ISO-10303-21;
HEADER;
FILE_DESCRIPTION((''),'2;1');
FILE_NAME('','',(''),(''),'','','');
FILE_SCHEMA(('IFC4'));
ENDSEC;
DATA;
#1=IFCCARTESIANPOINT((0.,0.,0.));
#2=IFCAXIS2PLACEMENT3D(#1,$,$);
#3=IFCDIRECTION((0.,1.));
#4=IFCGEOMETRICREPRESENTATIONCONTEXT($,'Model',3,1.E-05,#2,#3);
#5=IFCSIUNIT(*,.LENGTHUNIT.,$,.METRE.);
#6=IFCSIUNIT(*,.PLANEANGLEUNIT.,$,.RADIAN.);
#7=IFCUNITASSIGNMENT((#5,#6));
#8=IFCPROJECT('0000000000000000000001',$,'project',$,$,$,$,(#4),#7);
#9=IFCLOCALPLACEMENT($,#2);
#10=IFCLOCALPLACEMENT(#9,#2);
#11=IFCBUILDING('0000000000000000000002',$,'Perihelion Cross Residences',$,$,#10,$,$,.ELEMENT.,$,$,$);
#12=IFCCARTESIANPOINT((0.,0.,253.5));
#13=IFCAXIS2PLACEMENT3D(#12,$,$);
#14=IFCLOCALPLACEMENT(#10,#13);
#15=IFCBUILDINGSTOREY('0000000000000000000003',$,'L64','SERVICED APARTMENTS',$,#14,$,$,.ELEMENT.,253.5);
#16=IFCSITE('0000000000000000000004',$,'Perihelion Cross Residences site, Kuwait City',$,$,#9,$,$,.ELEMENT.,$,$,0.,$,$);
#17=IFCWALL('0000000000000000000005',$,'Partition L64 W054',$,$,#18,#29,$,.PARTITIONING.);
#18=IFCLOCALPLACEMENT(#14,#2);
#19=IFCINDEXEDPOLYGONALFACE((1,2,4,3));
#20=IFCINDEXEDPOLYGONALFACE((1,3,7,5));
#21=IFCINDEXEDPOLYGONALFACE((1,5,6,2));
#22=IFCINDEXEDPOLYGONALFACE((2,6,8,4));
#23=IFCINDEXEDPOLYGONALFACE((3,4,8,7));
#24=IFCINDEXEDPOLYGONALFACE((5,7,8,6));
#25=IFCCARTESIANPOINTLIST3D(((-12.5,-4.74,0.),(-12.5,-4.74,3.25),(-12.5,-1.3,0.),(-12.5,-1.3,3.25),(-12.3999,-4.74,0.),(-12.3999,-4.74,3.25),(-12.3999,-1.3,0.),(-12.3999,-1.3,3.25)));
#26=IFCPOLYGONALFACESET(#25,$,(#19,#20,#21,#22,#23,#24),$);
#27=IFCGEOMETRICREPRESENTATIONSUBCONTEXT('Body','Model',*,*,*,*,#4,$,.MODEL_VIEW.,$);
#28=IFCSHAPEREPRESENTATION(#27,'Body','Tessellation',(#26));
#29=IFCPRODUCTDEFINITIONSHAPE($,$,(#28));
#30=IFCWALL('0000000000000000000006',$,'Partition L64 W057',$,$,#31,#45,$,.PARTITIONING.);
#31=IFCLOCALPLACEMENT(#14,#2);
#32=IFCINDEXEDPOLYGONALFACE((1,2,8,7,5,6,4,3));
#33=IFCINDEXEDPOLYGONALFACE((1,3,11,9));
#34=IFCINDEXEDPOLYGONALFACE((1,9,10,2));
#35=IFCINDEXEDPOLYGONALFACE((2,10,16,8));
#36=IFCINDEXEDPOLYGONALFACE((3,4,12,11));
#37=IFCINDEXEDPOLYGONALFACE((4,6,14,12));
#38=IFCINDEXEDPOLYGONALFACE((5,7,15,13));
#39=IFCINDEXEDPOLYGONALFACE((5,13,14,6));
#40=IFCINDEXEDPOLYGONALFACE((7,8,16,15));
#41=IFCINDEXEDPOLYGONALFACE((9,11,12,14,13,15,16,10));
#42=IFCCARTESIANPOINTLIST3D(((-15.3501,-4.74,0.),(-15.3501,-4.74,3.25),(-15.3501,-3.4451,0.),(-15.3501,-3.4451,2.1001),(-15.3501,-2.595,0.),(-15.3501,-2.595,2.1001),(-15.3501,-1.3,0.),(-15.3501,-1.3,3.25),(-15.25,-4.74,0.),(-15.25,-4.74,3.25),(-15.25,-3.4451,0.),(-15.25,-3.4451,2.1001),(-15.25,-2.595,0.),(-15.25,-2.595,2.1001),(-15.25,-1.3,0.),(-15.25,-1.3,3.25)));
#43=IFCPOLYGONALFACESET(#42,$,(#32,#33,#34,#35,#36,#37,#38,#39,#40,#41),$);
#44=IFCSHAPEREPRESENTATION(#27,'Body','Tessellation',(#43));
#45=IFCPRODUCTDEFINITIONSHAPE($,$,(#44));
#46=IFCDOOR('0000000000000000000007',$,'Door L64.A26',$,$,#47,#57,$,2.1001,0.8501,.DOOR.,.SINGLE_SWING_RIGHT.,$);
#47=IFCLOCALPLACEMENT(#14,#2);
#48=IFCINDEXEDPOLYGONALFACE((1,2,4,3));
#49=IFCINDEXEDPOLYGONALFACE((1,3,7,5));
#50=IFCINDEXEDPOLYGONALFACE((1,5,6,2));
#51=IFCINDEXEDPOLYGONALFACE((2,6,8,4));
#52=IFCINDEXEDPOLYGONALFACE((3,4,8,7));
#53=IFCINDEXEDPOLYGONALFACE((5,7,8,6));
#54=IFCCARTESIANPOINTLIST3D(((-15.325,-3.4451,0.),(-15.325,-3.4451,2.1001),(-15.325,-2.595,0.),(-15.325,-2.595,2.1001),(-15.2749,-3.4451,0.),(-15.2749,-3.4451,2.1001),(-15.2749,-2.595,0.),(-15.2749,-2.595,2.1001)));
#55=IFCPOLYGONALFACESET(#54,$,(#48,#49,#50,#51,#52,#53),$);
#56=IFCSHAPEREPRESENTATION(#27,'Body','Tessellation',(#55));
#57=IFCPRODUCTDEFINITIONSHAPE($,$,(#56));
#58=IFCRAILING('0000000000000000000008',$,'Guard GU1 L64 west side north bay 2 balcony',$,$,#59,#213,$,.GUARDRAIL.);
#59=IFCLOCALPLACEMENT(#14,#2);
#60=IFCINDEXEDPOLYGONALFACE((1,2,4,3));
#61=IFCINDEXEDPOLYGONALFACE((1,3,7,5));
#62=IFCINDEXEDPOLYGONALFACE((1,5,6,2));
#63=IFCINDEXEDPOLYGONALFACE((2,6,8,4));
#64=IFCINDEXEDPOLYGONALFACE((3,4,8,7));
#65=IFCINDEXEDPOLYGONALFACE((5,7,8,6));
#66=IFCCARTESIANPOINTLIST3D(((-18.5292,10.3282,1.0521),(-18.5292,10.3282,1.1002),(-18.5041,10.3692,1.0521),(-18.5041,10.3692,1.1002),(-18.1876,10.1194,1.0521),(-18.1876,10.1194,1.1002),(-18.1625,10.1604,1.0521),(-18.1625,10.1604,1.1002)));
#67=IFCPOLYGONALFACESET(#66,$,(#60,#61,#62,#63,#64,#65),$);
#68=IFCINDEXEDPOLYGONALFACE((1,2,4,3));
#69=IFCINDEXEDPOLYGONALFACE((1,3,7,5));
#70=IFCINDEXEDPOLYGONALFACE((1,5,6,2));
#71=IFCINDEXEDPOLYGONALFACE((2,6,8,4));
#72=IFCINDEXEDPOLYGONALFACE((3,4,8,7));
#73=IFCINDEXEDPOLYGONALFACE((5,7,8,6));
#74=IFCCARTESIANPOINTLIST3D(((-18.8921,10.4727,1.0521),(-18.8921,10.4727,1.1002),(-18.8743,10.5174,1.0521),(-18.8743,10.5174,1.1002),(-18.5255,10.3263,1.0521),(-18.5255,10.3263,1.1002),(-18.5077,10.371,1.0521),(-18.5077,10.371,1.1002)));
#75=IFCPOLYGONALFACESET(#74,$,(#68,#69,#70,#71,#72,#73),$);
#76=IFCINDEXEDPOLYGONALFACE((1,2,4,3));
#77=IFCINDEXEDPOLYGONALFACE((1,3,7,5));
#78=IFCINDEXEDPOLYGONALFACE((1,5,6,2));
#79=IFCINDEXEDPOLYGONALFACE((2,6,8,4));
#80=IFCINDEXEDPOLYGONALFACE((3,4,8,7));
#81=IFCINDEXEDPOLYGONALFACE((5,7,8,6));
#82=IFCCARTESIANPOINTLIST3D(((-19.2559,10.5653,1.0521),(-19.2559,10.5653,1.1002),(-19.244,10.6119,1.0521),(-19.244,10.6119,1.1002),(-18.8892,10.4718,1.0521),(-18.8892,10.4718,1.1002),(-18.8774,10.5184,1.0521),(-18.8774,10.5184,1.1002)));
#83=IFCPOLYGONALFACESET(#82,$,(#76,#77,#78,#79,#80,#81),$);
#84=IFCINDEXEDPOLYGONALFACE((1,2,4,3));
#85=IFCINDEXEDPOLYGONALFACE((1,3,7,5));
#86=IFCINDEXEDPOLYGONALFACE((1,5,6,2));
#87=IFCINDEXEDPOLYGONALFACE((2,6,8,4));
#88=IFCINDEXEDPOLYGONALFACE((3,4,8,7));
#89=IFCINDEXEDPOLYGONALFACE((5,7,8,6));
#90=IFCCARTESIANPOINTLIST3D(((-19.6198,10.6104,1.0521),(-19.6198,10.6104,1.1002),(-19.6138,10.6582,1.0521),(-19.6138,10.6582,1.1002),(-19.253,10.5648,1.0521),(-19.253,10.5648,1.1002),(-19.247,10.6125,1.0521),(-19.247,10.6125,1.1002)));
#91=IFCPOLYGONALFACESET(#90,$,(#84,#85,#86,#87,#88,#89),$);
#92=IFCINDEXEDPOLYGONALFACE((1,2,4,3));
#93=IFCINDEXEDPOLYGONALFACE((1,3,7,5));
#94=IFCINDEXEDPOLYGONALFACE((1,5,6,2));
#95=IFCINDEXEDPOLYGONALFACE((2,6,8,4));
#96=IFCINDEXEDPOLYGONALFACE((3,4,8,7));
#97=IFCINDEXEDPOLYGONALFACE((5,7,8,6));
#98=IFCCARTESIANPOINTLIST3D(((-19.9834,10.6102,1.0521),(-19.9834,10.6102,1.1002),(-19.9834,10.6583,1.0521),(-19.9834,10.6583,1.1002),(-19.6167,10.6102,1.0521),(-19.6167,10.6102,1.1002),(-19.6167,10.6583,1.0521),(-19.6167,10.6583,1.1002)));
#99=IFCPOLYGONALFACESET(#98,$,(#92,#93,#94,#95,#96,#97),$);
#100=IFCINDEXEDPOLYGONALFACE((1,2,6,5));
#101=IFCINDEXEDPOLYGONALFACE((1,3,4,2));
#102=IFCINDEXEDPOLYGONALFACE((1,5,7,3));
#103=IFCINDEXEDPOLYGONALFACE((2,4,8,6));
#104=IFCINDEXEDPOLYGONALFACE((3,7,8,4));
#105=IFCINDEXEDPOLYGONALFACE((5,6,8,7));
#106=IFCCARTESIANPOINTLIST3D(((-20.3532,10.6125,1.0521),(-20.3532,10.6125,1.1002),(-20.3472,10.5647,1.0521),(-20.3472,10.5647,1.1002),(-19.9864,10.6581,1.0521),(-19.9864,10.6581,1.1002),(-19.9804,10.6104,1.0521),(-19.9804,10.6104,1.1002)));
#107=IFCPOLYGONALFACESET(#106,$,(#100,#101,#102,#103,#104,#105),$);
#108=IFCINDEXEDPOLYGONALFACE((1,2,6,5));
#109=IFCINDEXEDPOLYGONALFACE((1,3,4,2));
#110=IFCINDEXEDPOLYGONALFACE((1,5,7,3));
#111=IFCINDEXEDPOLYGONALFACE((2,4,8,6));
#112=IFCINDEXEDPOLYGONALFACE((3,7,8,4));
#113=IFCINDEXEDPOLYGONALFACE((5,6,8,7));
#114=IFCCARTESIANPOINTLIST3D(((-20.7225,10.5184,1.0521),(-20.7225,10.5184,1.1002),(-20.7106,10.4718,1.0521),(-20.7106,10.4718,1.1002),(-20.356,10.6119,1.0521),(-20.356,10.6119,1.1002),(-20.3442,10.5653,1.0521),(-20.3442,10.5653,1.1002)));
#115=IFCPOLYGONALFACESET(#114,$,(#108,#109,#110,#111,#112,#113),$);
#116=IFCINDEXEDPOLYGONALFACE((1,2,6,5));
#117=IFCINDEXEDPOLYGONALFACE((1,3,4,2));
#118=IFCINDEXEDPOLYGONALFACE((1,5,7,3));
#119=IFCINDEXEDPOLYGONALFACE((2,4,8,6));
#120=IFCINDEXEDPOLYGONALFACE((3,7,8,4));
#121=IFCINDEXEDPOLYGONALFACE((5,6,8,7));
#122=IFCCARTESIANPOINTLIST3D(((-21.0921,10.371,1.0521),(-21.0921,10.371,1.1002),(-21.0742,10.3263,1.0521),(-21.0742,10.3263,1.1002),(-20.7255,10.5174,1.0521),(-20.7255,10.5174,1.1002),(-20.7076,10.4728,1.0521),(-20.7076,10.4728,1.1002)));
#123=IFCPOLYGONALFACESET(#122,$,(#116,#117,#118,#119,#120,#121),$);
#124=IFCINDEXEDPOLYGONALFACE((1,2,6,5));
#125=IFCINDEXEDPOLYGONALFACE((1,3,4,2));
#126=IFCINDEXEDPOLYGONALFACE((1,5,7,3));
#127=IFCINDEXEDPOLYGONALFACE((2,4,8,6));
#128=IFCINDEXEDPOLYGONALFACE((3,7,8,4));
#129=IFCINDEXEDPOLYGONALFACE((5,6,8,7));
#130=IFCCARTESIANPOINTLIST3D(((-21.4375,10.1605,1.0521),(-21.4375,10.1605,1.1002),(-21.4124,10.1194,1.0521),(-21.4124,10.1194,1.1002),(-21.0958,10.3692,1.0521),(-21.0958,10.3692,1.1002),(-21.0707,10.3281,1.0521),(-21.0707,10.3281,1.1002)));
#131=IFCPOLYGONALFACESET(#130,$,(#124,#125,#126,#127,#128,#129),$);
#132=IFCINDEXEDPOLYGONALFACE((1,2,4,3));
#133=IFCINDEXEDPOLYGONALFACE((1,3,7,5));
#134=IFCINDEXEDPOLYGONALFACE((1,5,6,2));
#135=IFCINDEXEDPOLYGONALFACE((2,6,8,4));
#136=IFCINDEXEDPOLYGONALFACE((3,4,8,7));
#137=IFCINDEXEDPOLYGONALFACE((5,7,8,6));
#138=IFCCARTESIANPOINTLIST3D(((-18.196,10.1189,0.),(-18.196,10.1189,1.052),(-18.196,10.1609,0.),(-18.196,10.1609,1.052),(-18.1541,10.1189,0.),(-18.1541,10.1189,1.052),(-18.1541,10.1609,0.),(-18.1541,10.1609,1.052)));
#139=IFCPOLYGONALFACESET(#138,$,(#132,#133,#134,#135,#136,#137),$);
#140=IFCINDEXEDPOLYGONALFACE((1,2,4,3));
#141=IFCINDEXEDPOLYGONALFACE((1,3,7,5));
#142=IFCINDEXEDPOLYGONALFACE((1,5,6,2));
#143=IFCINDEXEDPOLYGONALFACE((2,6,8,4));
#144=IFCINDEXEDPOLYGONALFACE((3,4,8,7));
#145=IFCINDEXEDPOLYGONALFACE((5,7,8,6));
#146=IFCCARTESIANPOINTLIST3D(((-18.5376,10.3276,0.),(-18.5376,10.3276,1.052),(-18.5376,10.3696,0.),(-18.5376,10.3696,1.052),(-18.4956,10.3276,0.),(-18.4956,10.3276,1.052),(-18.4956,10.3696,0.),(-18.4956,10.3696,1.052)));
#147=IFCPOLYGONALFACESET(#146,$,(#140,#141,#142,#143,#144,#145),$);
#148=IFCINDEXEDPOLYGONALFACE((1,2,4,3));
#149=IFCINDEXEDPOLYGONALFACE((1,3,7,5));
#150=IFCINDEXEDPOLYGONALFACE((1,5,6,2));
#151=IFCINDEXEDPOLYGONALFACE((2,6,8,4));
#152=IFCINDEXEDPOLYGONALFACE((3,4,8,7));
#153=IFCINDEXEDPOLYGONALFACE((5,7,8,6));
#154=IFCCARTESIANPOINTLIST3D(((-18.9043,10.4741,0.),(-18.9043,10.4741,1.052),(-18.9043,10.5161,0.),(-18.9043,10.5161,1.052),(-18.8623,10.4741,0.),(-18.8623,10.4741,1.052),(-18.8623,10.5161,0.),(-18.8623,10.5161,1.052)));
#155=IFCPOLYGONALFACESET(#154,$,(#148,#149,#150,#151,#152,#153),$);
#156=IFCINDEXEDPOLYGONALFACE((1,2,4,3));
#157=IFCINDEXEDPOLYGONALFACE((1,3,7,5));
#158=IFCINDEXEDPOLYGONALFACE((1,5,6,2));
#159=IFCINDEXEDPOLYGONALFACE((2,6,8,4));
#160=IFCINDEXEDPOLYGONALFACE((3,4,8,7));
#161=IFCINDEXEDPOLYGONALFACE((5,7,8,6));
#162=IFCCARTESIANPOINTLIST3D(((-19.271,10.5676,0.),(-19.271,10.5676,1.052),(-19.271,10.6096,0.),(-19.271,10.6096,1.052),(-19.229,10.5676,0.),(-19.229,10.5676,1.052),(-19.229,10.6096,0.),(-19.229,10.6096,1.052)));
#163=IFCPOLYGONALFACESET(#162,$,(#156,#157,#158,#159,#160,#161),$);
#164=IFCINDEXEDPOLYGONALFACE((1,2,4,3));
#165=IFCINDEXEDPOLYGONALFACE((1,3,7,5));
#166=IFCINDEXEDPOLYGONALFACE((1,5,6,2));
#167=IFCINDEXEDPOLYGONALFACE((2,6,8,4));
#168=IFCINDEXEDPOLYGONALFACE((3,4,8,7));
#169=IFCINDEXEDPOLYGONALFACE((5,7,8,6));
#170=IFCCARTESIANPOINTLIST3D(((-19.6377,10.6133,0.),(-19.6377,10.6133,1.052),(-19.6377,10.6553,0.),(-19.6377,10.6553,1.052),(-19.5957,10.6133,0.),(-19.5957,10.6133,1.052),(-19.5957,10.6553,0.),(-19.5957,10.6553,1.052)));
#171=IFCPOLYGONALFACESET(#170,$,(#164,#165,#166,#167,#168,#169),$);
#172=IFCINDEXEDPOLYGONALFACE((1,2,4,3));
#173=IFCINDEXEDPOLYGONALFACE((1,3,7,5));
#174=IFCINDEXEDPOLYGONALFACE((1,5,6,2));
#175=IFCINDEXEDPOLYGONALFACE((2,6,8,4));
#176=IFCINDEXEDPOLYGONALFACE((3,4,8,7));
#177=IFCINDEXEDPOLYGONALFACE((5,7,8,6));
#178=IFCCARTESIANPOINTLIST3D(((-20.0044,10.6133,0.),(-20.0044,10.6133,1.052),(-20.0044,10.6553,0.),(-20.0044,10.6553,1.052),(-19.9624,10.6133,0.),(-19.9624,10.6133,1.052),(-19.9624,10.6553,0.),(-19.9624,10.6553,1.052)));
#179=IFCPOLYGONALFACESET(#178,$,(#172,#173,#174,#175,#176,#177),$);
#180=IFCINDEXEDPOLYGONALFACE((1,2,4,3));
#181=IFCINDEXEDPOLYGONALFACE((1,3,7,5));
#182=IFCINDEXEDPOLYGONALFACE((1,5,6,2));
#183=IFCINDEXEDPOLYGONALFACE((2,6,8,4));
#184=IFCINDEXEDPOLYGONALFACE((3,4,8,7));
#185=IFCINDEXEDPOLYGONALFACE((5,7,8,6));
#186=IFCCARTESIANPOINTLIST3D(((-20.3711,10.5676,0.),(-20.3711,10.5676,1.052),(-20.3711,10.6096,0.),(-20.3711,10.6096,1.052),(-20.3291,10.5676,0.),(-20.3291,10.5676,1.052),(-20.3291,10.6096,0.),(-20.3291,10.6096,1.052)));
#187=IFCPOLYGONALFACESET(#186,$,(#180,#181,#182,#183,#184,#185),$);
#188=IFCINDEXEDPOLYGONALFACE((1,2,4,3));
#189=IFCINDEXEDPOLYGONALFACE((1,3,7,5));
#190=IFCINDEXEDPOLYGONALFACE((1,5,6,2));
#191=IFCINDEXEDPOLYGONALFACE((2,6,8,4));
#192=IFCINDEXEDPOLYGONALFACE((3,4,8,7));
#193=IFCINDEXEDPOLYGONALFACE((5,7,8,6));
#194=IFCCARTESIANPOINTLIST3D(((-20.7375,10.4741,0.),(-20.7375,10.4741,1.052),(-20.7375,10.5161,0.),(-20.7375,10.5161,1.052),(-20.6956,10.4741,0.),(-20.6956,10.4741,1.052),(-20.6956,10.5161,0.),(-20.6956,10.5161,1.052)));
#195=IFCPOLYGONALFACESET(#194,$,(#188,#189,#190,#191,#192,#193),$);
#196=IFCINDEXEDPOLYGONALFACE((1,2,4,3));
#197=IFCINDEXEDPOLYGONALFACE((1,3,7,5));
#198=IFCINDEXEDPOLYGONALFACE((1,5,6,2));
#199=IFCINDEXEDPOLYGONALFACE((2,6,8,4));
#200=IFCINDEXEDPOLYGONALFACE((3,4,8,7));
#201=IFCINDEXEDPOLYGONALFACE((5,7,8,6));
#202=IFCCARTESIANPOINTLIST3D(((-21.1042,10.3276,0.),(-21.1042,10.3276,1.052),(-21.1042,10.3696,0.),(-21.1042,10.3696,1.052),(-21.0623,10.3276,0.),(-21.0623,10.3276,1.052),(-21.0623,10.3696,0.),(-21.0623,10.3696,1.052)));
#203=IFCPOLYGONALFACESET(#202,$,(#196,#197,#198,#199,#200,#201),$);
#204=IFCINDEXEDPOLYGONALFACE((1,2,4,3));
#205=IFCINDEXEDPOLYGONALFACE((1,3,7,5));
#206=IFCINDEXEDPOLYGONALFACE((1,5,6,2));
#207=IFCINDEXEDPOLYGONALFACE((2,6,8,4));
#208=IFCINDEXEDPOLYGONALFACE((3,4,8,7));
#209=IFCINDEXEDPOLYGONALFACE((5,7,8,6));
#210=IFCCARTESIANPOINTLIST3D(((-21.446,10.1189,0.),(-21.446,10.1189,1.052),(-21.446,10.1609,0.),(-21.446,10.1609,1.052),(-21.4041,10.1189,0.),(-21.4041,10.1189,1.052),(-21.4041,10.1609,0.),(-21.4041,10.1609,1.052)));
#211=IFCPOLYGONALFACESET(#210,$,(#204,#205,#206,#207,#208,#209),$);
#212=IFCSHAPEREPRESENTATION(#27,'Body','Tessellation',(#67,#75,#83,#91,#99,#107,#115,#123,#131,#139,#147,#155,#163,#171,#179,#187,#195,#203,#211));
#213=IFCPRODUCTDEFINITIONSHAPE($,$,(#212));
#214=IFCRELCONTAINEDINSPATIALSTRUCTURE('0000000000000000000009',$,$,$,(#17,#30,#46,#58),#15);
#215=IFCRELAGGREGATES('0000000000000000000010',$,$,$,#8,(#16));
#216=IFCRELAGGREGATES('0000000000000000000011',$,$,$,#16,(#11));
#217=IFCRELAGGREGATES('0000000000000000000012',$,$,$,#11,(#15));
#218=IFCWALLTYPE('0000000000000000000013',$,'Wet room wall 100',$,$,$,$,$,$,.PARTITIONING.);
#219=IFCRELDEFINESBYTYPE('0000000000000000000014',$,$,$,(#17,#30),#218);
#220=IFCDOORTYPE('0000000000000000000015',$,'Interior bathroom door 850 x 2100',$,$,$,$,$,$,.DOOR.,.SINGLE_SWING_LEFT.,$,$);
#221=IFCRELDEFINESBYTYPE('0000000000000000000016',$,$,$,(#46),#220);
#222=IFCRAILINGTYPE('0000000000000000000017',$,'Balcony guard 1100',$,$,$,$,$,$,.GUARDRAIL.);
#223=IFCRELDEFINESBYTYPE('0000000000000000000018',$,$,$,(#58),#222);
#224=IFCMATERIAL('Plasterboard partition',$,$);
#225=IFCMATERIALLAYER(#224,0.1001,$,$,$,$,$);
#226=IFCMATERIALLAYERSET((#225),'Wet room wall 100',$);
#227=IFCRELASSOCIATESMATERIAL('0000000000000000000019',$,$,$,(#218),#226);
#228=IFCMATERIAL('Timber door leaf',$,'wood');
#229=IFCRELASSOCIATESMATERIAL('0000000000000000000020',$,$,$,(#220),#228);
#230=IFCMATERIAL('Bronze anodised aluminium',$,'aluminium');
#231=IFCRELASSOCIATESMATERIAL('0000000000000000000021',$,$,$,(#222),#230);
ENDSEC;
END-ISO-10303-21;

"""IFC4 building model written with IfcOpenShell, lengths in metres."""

from ifc_helpers import new_model, si_unit, direction, frame, frame_2d, origin, origin_2d, place, context, subcontext, project, spatial, rectangle, extrude, material, layer, layer_set, type_object, element, fill, save


model = new_model("IFC4")

# Units and contexts
model_context = context("Model", 3, precision=1e-05, world=origin(), true_north=direction((0.0, 1.0)))
body_context = subcontext(model_context, "Body", "Model", "MODEL_VIEW")
ifc_project = project(units=[si_unit("LENGTHUNIT", "METRE"), si_unit("PLANEANGLEUNIT", "RADIAN")], contexts=[model_context])

# Site, building, storey
site_placement = place(None, origin())
site = spatial("IfcSite", under=ifc_project, at=site_placement, Name="Perihelion Cross Residences site, Kuwait City", CompositionType="ELEMENT", RefElevation=0.0)
building_placement = place(site_placement, origin())
building = spatial("IfcBuilding", under=site, at=building_placement, Name="Perihelion Cross Residences", CompositionType="ELEMENT")
storey_placement = place(building_placement, frame((0.0, 0.0, 253.5)))
storey = spatial("IfcBuildingStorey", under=building, at=storey_placement, Name="L64", Description="SERVICED APARTMENTS", CompositionType="ELEMENT", Elevation=253.5)

# Shared definitions
ifc_material_1 = material(Name="Plasterboard partition")
ifc_layer_1 = layer(ifc_material_1, 0.1001)
ifc_layer_set_1 = layer_set([ifc_layer_1], Name="Wet room wall 100")
wall_type_1 = type_object("IfcWallType", Name="Wet room wall 100", PredefinedType="PARTITIONING", material=ifc_layer_set_1)

# Shared definitions
ifc_material_2 = material(Name="Timber door leaf", Category="wood")
door_type_1 = type_object("IfcDoorType", Name="Interior bathroom door 850 x 2100", OperationType="SINGLE_SWING_LEFT", PredefinedType="DOOR", material=ifc_material_2)

# Wall
wall_1_placement = place(storey_placement, frame((-12.45, -4.74, 0.0), z_axis=(0.0, 0.0, 1.0), x_axis=(0.0, 1.0, 0.0)))
element("IfcWall", 1, at=wall_1_placement, inside=storey, type_object=wall_type_1, Name="Partition L64 W054", PredefinedType="PARTITIONING", context=body_context, shape_type="SweptSolid", body=[
    extrude(rectangle(XDim=3.4399, YDim=0.1001, at=frame_2d((1.72, 0.0))), origin(), (0.0, 0.0, 1.0), 3.25),
])

# Wall, opening, door
wall_2_placement = place(storey_placement, frame((-15.3, -4.74, 0.0), z_axis=(0.0, 0.0, 1.0), x_axis=(0.0, 1.0, 0.0)))
wall_2 = element("IfcWall", 2, at=wall_2_placement, inside=storey, type_object=wall_type_1, Name="Partition L64 W057", PredefinedType="PARTITIONING", context=body_context, shape_type="SweptSolid", body=[
    extrude(rectangle(XDim=3.4399, YDim=0.1001, at=frame_2d((1.72, 0.0))), origin(), (0.0, 0.0, 1.0), 3.25),
])
opening_1_placement = place(wall_2_placement, frame((1.2949, 0.0, 0.0)))
opening_1 = element("IfcOpeningElement", 3, at=opening_1_placement, cuts=wall_2, PredefinedType="OPENING", context=body_context, shape_type="SweptSolid", body=[
    extrude(rectangle(XDim=0.8501, YDim=2.1001, at=frame_2d((0.425, 1.05))), frame((0.0, 0.0601, 0.0), z_axis=(0.0, -1.0, 0.0), x_axis=(1.0, 0.0, 0.0)), (0.0, 0.0, 1.0), 0.1201),
])
door_1_placement = place(opening_1_placement, origin())
door_1 = element("IfcDoor", 4, at=door_1_placement, inside=storey, type_object=door_type_1, Name="Door L64.A26", OperationType="SINGLE_SWING_RIGHT", OverallHeight=2.1001, OverallWidth=0.8501, PredefinedType="DOOR", context=body_context, shape_type="SweptSolid", body=[
    extrude(rectangle(XDim=0.8501, YDim=2.1001, at=frame_2d((0.425, 1.05))), frame((0.0, 0.0249, 0.0), z_axis=(0.0, -1.0, 0.0), x_axis=(1.0, 0.0, 0.0)), (0.0, 0.0, 1.0), 0.05),
])
fill(opening_1, door_1)

# Railing
ifc_material_3 = material(Name="Bronze anodised aluminium", Category="aluminium")
railing_type = type_object("IfcRailingType", Name="Balcony guard 1100", PredefinedType="GUARDRAIL", material=ifc_material_3)
railing_placement = place(storey_placement, frame((-18.175, 10.1399, 0.0)))
element("IfcRailing", 5, at=railing_placement, inside=storey, type_object=railing_type, Name="Guard GU1 L64 west side north bay 2 balcony", PredefinedType="GUARDRAIL", context=body_context, shape_type="SweptSolid", body=[
    extrude(rectangle(XDim=0.0481, YDim=0.0481, at=origin_2d()), frame((0.0, 0.0, 1.0762), z_axis=(-0.853267, 0.521475, 0.0), x_axis=(-0.521475, -0.853267, 0.0)), (0.0, 0.0, 1.0), 0.4004),
    extrude(rectangle(XDim=0.0481, YDim=0.0481, at=origin_2d()), frame((-0.3416, 0.2087, 1.0762), z_axis=(-0.928647, 0.370964, 0.0), x_axis=(-0.370964, -0.928647, 0.0)), (0.0, 0.0, 1.0), 0.3948),
    extrude(rectangle(XDim=0.0481, YDim=0.0481, at=origin_2d()), frame((-0.7083, 0.3552, 1.0762), z_axis=(-0.968993, 0.247087, 0.0), x_axis=(-0.247087, -0.968993, 0.0)), (0.0, 0.0, 1.0), 0.3784),
    extrude(rectangle(XDim=0.0481, YDim=0.0481, at=origin_2d()), frame((-1.075, 0.4487, 1.0762), z_axis=(-0.992339, 0.123547, 0.0), x_axis=(-0.123547, -0.992339, 0.0)), (0.0, 0.0, 1.0), 0.3696),
    extrude(rectangle(XDim=0.0481, YDim=0.0481, at=origin_2d()), frame((-1.4417, 0.4944, 1.0762), z_axis=(-1.0, 0.0, 0.0), x_axis=(0.0, -1.0, 0.0)), (0.0, 0.0, 1.0), 0.3667),
    extrude(rectangle(XDim=0.0481, YDim=0.0481, at=origin_2d()), frame((-1.8083, 0.4944, 1.0762), z_axis=(-0.992339, -0.123547, 0.0), x_axis=(0.123547, -0.992339, 0.0)), (0.0, 0.0, 1.0), 0.3696),
    extrude(rectangle(XDim=0.0481, YDim=0.0481, at=origin_2d()), frame((-2.175, 0.4487, 1.0762), z_axis=(-0.968954, -0.247241, 0.0), x_axis=(0.247241, -0.968954, 0.0)), (0.0, 0.0, 1.0), 0.3782),
    extrude(rectangle(XDim=0.0481, YDim=0.0481, at=origin_2d()), frame((-2.5415, 0.3552, 1.0762), z_axis=(-0.928647, -0.370964, 0.0), x_axis=(0.370964, -0.928647, 0.0)), (0.0, 0.0, 1.0), 0.3948),
    extrude(rectangle(XDim=0.0481, YDim=0.0481, at=origin_2d()), frame((-2.9082, 0.2087, 1.0762), z_axis=(-0.853432, -0.521203, 0.0), x_axis=(0.521203, -0.853432, 0.0)), (0.0, 0.0, 1.0), 0.4004),
    extrude(rectangle(XDim=0.042, YDim=0.042, at=origin_2d()), origin(), (0.0, 0.0, 1.0), 1.052),
    extrude(rectangle(XDim=0.042, YDim=0.042, at=origin_2d()), frame((-0.3416, 0.2087, 0.0)), (0.0, 0.0, 1.0), 1.052),
    extrude(rectangle(XDim=0.042, YDim=0.042, at=origin_2d()), frame((-0.7083, 0.3552, 0.0)), (0.0, 0.0, 1.0), 1.052),
    extrude(rectangle(XDim=0.042, YDim=0.042, at=origin_2d()), frame((-1.075, 0.4487, 0.0)), (0.0, 0.0, 1.0), 1.052),
    extrude(rectangle(XDim=0.042, YDim=0.042, at=origin_2d()), frame((-1.4417, 0.4944, 0.0)), (0.0, 0.0, 1.0), 1.052),
    extrude(rectangle(XDim=0.042, YDim=0.042, at=origin_2d()), frame((-1.8083, 0.4944, 0.0)), (0.0, 0.0, 1.0), 1.052),
    extrude(rectangle(XDim=0.042, YDim=0.042, at=origin_2d()), frame((-2.175, 0.4487, 0.0)), (0.0, 0.0, 1.0), 1.052),
    extrude(rectangle(XDim=0.042, YDim=0.042, at=origin_2d()), frame((-2.5415, 0.3552, 0.0)), (0.0, 0.0, 1.0), 1.052),
    extrude(rectangle(XDim=0.042, YDim=0.042, at=origin_2d()), frame((-2.9082, 0.2087, 0.0)), (0.0, 0.0, 1.0), 1.052),
    extrude(rectangle(XDim=0.042, YDim=0.042, at=origin_2d()), frame((-3.25, 0.0, 0.0)), (0.0, 0.0, 1.0), 1.052),
])

save(model, "model.ifc")
